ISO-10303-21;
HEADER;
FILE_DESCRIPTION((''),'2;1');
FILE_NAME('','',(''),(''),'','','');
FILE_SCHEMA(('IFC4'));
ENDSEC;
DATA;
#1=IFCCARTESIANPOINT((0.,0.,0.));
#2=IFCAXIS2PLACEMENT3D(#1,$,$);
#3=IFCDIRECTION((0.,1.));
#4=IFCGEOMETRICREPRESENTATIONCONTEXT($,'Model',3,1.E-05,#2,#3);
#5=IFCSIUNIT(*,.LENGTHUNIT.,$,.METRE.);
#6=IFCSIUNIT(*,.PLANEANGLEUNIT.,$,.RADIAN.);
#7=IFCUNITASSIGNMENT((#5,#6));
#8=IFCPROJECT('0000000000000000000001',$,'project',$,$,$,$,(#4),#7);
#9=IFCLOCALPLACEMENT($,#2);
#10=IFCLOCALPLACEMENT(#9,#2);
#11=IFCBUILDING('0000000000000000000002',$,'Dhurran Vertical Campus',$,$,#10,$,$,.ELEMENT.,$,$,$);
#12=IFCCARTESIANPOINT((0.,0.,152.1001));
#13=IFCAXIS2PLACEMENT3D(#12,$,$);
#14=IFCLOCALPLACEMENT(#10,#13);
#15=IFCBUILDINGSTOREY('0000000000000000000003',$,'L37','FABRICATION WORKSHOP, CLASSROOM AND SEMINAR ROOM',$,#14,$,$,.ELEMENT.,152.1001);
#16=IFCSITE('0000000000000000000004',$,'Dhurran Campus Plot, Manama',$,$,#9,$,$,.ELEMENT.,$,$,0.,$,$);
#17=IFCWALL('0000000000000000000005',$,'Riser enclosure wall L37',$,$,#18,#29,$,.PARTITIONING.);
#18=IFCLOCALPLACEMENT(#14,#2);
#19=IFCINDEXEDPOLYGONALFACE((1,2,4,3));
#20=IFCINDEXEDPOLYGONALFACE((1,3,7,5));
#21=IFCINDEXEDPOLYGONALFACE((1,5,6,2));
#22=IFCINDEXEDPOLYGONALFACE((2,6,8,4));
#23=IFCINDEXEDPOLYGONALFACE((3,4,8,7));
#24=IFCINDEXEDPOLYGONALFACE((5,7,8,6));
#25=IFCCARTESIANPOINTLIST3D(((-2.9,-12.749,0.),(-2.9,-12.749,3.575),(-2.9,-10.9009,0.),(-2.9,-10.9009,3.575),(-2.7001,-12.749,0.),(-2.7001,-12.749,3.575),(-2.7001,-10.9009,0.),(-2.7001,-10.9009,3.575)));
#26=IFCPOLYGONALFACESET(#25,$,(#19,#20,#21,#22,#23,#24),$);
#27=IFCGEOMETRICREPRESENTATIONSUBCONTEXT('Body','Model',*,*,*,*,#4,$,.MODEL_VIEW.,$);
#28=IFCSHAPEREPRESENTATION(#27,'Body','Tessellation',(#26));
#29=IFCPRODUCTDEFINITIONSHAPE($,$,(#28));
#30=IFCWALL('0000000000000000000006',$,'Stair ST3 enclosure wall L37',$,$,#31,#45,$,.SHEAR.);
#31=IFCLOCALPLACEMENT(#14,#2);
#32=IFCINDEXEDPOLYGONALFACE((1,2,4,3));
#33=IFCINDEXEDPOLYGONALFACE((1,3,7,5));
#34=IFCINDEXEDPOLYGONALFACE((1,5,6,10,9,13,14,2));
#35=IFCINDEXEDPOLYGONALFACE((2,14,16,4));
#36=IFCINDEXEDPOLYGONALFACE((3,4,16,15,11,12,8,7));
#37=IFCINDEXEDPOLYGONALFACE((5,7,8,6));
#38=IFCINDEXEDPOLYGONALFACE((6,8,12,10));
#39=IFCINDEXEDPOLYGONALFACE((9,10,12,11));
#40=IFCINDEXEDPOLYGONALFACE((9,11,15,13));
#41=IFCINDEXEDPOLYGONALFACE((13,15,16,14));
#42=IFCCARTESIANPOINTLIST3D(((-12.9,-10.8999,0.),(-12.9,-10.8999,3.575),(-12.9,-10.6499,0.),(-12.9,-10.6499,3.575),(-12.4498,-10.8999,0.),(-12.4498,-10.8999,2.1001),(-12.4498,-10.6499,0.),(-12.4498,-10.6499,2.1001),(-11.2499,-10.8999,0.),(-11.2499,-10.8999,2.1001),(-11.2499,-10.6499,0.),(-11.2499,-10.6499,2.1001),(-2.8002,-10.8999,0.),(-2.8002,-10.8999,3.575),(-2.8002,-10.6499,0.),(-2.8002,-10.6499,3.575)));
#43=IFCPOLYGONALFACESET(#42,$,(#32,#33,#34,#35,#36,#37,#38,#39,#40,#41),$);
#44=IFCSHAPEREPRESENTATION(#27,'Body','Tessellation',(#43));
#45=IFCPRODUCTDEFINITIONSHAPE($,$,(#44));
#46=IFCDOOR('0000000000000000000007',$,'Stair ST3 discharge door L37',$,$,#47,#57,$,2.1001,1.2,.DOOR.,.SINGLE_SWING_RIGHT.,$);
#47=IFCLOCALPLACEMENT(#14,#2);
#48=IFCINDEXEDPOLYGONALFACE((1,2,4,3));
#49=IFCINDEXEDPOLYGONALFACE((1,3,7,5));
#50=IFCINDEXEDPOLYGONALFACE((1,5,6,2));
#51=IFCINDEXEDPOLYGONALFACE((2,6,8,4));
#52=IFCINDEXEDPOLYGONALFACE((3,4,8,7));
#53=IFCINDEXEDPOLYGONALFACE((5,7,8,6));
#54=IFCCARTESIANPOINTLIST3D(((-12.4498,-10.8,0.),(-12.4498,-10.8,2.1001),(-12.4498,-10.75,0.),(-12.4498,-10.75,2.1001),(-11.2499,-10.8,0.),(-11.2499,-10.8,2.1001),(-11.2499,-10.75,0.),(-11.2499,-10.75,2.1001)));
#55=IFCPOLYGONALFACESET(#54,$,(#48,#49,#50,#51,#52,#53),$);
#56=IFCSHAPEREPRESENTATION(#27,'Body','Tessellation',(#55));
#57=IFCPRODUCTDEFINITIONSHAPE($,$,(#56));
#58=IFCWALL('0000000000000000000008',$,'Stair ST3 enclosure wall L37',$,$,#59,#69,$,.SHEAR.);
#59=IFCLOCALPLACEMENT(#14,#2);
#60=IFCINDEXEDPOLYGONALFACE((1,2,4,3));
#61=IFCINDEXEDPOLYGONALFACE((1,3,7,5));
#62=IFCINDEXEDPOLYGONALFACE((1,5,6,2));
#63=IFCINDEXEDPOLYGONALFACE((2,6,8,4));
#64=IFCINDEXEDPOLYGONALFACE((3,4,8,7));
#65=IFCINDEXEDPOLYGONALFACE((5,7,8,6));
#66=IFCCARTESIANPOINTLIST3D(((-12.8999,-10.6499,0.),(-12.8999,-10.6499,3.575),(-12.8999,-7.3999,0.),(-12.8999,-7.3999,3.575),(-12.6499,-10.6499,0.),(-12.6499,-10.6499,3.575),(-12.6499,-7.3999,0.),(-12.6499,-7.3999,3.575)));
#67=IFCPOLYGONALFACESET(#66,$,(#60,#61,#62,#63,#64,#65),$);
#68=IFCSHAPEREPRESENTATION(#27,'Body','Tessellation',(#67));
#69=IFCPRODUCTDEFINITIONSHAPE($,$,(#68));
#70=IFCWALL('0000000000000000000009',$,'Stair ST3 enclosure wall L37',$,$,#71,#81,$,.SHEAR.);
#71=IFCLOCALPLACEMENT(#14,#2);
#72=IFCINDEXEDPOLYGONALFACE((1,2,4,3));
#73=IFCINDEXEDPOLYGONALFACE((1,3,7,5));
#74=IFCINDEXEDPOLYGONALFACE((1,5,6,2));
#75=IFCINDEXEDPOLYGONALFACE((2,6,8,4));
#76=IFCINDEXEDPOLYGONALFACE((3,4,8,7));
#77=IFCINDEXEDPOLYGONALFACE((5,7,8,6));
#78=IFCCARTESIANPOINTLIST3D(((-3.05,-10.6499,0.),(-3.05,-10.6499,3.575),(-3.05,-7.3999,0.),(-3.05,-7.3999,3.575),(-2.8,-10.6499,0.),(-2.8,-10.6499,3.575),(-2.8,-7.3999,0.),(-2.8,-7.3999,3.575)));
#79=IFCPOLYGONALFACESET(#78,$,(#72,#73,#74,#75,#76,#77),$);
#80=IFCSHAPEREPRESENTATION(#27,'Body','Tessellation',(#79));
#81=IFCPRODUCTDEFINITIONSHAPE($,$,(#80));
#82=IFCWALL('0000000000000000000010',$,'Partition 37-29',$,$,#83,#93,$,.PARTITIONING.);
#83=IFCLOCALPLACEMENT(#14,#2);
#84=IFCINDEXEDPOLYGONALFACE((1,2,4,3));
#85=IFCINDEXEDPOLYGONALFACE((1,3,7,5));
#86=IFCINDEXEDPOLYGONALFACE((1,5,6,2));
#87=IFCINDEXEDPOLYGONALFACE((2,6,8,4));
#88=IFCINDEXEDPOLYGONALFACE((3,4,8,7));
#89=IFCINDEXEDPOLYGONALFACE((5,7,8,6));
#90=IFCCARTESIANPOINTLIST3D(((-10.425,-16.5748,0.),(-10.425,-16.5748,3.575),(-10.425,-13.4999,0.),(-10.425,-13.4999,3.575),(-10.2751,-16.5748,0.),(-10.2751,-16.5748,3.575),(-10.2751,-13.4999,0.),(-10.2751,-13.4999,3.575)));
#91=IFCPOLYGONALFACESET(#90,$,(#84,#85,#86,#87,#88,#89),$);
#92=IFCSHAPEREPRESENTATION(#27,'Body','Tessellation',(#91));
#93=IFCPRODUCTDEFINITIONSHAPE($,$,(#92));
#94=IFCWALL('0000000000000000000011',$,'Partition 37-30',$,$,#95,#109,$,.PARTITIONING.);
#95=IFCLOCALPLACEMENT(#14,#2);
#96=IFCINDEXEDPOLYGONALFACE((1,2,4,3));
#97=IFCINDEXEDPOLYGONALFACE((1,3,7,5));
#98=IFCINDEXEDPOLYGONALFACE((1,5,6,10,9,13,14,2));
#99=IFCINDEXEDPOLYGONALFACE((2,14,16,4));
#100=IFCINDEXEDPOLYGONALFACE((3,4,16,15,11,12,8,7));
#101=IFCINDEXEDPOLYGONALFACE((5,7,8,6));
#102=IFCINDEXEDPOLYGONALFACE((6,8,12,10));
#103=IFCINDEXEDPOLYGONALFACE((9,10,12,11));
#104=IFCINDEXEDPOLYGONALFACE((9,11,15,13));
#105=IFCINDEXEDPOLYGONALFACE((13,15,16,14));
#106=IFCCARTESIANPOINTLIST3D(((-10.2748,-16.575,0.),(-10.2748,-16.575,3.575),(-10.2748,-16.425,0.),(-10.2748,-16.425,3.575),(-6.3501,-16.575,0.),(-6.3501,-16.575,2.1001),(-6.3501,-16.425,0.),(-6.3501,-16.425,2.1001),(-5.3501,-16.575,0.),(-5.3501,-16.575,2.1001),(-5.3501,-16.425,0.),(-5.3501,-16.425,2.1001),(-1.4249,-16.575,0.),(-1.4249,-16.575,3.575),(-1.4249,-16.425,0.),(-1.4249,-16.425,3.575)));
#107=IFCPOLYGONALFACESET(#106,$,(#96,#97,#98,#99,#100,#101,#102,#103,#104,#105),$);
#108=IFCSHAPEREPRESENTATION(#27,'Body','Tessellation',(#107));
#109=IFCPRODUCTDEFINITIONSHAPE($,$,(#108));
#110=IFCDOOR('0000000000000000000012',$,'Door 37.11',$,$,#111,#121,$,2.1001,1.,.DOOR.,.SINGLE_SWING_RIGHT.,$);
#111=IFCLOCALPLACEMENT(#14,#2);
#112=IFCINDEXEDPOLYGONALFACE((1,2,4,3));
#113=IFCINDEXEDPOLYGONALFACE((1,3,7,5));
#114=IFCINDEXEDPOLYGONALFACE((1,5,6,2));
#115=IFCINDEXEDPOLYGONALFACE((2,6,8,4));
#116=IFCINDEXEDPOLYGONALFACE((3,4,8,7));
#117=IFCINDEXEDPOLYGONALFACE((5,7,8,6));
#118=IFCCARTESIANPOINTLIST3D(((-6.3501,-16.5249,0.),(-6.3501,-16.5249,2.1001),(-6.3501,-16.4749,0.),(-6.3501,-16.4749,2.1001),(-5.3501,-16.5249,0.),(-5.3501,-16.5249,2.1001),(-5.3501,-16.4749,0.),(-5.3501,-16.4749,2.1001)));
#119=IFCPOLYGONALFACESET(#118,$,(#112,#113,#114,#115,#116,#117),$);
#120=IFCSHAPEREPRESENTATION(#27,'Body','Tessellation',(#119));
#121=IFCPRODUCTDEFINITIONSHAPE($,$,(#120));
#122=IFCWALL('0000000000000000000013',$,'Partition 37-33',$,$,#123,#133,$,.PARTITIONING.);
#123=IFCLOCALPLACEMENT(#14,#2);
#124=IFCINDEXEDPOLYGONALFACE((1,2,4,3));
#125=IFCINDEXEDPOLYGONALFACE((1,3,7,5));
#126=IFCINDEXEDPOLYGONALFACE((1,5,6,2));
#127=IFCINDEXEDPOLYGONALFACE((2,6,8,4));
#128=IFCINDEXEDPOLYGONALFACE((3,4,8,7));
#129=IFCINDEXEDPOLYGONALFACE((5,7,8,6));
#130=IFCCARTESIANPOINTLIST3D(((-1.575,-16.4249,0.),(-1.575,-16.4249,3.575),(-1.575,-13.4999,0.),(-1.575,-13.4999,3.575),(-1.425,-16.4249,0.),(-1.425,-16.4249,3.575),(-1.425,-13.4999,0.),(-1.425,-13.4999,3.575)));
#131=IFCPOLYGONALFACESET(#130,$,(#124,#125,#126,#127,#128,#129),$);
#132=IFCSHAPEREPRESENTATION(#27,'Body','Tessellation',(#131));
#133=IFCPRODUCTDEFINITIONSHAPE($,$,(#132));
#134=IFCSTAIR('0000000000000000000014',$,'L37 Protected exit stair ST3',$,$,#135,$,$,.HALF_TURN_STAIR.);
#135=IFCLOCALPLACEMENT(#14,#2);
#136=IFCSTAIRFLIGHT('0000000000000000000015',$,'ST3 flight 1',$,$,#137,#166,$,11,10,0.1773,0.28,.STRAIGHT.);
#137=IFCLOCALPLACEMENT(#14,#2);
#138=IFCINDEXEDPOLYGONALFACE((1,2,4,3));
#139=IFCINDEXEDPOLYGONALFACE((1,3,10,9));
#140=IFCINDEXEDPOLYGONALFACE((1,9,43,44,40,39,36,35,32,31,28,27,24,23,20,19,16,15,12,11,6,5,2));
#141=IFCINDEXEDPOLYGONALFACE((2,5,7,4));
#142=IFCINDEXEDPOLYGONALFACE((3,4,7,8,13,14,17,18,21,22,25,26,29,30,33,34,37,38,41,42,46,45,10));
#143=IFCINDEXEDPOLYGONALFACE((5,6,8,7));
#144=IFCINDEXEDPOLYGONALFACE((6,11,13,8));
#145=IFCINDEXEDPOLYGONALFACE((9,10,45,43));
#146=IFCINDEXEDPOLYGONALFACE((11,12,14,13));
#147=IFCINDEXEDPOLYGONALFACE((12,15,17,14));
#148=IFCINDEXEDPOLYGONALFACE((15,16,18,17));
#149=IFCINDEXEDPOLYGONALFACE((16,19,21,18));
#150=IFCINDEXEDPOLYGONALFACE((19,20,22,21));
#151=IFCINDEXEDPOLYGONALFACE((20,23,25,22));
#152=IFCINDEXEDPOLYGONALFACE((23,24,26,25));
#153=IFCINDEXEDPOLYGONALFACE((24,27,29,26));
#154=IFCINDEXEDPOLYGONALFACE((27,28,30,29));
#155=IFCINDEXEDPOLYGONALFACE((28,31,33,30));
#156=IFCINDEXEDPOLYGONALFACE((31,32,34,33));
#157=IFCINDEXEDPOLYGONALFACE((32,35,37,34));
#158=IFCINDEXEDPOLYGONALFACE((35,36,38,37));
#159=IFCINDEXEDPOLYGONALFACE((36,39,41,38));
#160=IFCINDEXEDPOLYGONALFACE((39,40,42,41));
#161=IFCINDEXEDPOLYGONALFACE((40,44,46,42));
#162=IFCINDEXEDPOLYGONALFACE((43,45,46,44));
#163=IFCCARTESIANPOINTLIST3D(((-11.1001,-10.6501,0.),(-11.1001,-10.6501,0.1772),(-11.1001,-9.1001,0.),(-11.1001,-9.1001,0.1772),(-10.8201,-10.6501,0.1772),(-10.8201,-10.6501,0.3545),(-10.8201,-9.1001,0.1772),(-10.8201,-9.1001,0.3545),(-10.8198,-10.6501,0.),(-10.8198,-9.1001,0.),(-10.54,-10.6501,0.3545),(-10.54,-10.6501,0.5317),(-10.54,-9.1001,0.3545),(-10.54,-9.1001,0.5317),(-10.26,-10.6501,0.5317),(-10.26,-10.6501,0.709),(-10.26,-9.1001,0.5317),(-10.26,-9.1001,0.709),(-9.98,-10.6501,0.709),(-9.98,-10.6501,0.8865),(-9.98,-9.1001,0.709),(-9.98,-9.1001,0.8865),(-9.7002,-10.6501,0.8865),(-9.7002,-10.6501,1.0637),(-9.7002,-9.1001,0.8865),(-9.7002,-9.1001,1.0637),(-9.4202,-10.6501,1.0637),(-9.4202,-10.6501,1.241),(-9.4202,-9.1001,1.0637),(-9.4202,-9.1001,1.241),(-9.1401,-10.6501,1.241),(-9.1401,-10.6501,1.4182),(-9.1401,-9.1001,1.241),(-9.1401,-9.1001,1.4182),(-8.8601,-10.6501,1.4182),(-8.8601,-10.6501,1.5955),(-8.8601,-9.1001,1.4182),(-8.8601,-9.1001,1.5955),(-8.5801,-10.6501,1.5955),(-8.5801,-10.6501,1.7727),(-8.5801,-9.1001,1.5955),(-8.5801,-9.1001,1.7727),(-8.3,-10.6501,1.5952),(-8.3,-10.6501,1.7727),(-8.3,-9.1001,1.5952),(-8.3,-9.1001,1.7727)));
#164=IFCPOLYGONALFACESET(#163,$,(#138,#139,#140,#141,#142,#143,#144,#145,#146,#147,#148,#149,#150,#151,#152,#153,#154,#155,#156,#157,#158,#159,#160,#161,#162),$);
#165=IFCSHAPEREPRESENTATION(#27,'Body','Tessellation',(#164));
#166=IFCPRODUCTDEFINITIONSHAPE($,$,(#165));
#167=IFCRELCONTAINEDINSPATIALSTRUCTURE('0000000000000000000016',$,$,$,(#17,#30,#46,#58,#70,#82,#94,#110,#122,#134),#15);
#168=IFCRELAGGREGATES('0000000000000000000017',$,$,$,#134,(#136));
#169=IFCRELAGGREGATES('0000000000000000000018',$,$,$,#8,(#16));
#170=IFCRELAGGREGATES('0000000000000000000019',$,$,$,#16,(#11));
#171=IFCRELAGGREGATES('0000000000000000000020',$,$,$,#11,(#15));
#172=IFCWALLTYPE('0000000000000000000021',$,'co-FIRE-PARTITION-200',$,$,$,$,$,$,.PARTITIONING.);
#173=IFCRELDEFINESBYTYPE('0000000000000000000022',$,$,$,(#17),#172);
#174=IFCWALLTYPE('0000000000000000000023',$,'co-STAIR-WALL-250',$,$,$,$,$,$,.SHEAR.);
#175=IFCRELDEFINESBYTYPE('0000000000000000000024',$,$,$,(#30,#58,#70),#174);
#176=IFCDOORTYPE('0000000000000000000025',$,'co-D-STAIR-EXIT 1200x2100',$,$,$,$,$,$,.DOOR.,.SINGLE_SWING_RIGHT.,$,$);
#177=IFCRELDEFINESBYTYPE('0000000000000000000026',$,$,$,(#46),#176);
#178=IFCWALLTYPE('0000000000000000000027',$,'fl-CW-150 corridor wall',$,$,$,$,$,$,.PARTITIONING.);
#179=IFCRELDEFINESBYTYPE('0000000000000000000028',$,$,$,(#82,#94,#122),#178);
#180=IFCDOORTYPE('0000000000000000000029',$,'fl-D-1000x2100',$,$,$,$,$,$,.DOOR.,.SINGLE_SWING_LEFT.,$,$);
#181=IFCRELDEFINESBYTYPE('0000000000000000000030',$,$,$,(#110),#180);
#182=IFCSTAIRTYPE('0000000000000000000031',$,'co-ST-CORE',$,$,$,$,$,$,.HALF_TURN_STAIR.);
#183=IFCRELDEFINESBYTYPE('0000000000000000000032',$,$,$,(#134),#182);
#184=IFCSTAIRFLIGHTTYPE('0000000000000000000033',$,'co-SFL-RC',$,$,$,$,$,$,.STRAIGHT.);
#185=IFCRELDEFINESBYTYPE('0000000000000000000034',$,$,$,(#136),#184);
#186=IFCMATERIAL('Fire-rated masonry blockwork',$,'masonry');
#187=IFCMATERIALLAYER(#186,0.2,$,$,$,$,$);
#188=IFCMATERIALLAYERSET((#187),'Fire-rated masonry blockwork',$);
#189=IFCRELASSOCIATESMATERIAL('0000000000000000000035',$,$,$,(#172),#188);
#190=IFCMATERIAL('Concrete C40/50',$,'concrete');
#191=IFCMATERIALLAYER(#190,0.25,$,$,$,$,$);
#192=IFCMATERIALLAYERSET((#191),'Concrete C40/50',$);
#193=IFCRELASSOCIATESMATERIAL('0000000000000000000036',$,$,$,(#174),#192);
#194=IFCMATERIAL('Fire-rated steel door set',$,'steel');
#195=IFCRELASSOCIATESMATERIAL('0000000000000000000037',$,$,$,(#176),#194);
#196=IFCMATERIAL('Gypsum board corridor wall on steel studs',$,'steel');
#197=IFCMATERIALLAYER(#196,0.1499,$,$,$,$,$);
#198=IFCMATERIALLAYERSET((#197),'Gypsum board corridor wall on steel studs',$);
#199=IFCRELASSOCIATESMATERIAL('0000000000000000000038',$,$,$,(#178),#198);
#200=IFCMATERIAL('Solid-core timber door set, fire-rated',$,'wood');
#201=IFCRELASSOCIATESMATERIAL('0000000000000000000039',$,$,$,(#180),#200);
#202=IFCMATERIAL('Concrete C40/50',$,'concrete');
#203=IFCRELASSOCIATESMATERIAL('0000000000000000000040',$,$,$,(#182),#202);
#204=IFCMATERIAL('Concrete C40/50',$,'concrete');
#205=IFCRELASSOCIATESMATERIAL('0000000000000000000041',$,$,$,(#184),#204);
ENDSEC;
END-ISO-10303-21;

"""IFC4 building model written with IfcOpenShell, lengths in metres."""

from ifc_helpers import new_model, si_unit, direction, frame, frame_2d, origin, place, context, subcontext, project, spatial, polyline, rectangle, outline, extrude, material, layer, layer_set, type_object, element, fill, aggregate, save


model = new_model("IFC4")

# Units and contexts
model_context = context("Model", 3, precision=1e-05, world=origin(), true_north=direction((0.0, 1.0)))
body_context = subcontext(model_context, "Body", "Model", "MODEL_VIEW")
ifc_project = project(units=[si_unit("LENGTHUNIT", "METRE"), si_unit("PLANEANGLEUNIT", "RADIAN")], contexts=[model_context])

# Site, building, storey
site_placement = place(None, origin())
site = spatial("IfcSite", under=ifc_project, at=site_placement, Name="Dhurran Campus Plot, Manama", CompositionType="ELEMENT", RefElevation=0.0)
building_placement = place(site_placement, origin())
building = spatial("IfcBuilding", under=site, at=building_placement, Name="Dhurran Vertical Campus", CompositionType="ELEMENT")
storey_placement = place(building_placement, frame((0.0, 0.0, 152.1001)))
storey = spatial("IfcBuildingStorey", under=building, at=storey_placement, Name="L37", Description="FABRICATION WORKSHOP, CLASSROOM AND SEMINAR ROOM", CompositionType="ELEMENT", Elevation=152.1001)

# Shared definitions
ifc_material_1 = material(Name="Fire-rated masonry blockwork", Category="masonry")
ifc_layer_1 = layer(ifc_material_1, 0.2)
ifc_layer_set_1 = layer_set([ifc_layer_1], Name="Fire-rated masonry blockwork")
wall_type_1 = type_object("IfcWallType", Name="co-FIRE-PARTITION-200", PredefinedType="PARTITIONING", material=ifc_layer_set_1)

# Wall
wall_1_placement = place(storey_placement, frame((-2.8, -12.749, 0.0), z_axis=(0.0, 0.0, 1.0), x_axis=(0.0, 1.0, 0.0)))
element("IfcWall", 1, at=wall_1_placement, inside=storey, type_object=wall_type_1, Name="Riser enclosure wall L37", PredefinedType="PARTITIONING", context=body_context, shape_type="SweptSolid", body=[
    extrude(rectangle(XDim=1.8481, YDim=0.2, at=frame_2d((0.9241, 0.0))), origin(), (0.0, 0.0, 1.0), 3.575),
])

# Wall, opening, door
ifc_material_2 = material(Name="Concrete C40/50", Category="concrete")
ifc_layer_2 = layer(ifc_material_2, 0.25)
ifc_layer_set_2 = layer_set([ifc_layer_2], Name="Concrete C40/50")
wall_type_2 = type_object("IfcWallType", Name="co-STAIR-WALL-250", PredefinedType="SHEAR", material=ifc_layer_set_2)
wall_2_placement = place(storey_placement, frame((-12.8999, -10.7749, 0.0), z_axis=(0.0, 0.0, 1.0), x_axis=(1.0, 0.0, 0.0)))
wall_2 = element("IfcWall", 2, at=wall_2_placement, inside=storey, type_object=wall_type_2, Name="Stair ST3 enclosure wall L37", PredefinedType="SHEAR", context=body_context, shape_type="SweptSolid", body=[
    extrude(rectangle(XDim=10.0999, YDim=0.25, at=frame_2d((5.0498, 0.0))), origin(), (0.0, 0.0, 1.0), 3.575),
])
opening_1_placement = place(wall_2_placement, frame((0.45, 0.0, 0.0)))
opening_1 = element("IfcOpeningElement", 3, at=opening_1_placement, cuts=wall_2, PredefinedType="OPENING", context=body_context, shape_type="SweptSolid", body=[
    extrude(rectangle(XDim=1.2, YDim=2.1001, at=frame_2d((0.6001, 1.05))), frame((0.0, 0.135, 0.0), z_axis=(0.0, -1.0, 0.0), x_axis=(1.0, 0.0, 0.0)), (0.0, 0.0, 1.0), 0.27),
])
ifc_material_3 = material(Name="Fire-rated steel door set", Category="steel")
door_type_1 = type_object("IfcDoorType", Name="co-D-STAIR-EXIT 1200x2100", OperationType="SINGLE_SWING_RIGHT", PredefinedType="DOOR", material=ifc_material_3)
door_1_placement = place(opening_1_placement, origin())
door_1 = element("IfcDoor", 4, at=door_1_placement, inside=storey, type_object=door_type_1, Name="Stair ST3 discharge door L37", OperationType="SINGLE_SWING_RIGHT", OverallHeight=2.1001, OverallWidth=1.2, PredefinedType="DOOR", context=body_context, shape_type="SweptSolid", body=[
    extrude(rectangle(XDim=1.2, YDim=2.1001, at=frame_2d((0.6001, 1.05))), frame((0.0, 0.0249, 0.0), z_axis=(0.0, -1.0, 0.0), x_axis=(1.0, 0.0, 0.0)), (0.0, 0.0, 1.0), 0.05),
])
fill(opening_1, door_1)

# Walls
for number, where, z_axis, x_axis, name in (
    (5, (-12.7749, -10.6499, 0.0), (0.0, 0.0, 1.0), (0.0, 1.0, 0.0), "Stair ST3 enclosure wall L37"),
    (6, (-2.925, -10.6499, 0.0), (0.0, 0.0, 1.0), (0.0, 1.0, 0.0), "Stair ST3 enclosure wall L37"),
):
    element("IfcWall", number, at=place(storey_placement, frame(where, z_axis=z_axis, x_axis=x_axis)), inside=storey, type_object=wall_type_2, Name=name, PredefinedType="SHEAR", context=body_context, shape_type="SweptSolid", body=[
        extrude(rectangle(XDim=3.25, YDim=0.25, at=frame_2d((1.625, 0.0))), origin(), (0.0, 0.0, 1.0), 3.575),
    ])
ifc_material_4 = material(Name="Gypsum board corridor wall on steel studs", Category="steel")
ifc_layer_3 = layer(ifc_material_4, 0.1499)
ifc_layer_set_3 = layer_set([ifc_layer_3], Name="Gypsum board corridor wall on steel studs")
wall_type_3 = type_object("IfcWallType", Name="fl-CW-150 corridor wall", PredefinedType="PARTITIONING", material=ifc_layer_set_3)
wall_3_placement = place(storey_placement, frame((-10.3501, -16.575, 0.0), z_axis=(0.0, 0.0, 1.0), x_axis=(0.0, 1.0, 0.0)))
element("IfcWall", 7, at=wall_3_placement, inside=storey, type_object=wall_type_3, Name="Partition 37-29", PredefinedType="PARTITIONING", context=body_context, shape_type="SweptSolid", body=[
    extrude(rectangle(XDim=3.075, YDim=0.1499, at=frame_2d((1.5376, 0.0))), origin(), (0.0, 0.0, 1.0), 3.575),
])

# Wall, opening, door
wall_4_placement = place(storey_placement, frame((-1.425, -16.5, 0.0), z_axis=(0.0, 0.0, 1.0), x_axis=(-1.0, 0.0, 0.0)))
wall_4 = element("IfcWall", 8, at=wall_4_placement, inside=storey, type_object=wall_type_3, Name="Partition 37-30", PredefinedType="PARTITIONING", context=body_context, shape_type="SweptSolid", body=[
    extrude(rectangle(XDim=8.8499, YDim=0.1499, at=frame_2d((4.4248, 0.0))), origin(), (0.0, 0.0, 1.0), 3.575),
])
opening_2_placement = place(wall_4_placement, frame((3.925, 0.0, 0.0)))
opening_2 = element("IfcOpeningElement", 9, at=opening_2_placement, cuts=wall_4, PredefinedType="OPENING", context=body_context, shape_type="SweptSolid", body=[
    extrude(rectangle(XDim=1.0, YDim=2.1001, at=frame_2d((0.5, 1.05))), frame((0.0, 0.085, 0.0), z_axis=(0.0, -1.0, 0.0), x_axis=(1.0, 0.0, 0.0)), (0.0, 0.0, 1.0), 0.1699),
])
ifc_material_5 = material(Name="Solid-core timber door set, fire-rated", Category="wood")
door_type_2 = type_object("IfcDoorType", Name="fl-D-1000x2100", OperationType="SINGLE_SWING_LEFT", PredefinedType="DOOR", material=ifc_material_5)
door_2_placement = place(opening_2_placement, origin())
door_2 = element("IfcDoor", 10, at=door_2_placement, inside=storey, type_object=door_type_2, Name="Door 37.11", OperationType="SINGLE_SWING_RIGHT", OverallHeight=2.1001, OverallWidth=1.0, PredefinedType="DOOR", context=body_context, shape_type="SweptSolid", body=[
    extrude(rectangle(XDim=1.0, YDim=2.1001, at=frame_2d((0.5, 1.05))), frame((0.0, 0.0249, 0.0), z_axis=(0.0, -1.0, 0.0), x_axis=(1.0, 0.0, 0.0)), (0.0, 0.0, 1.0), 0.05),
])
fill(opening_2, door_2)

# Wall
wall_5_placement = place(storey_placement, frame((-1.5, -13.5, 0.0), z_axis=(0.0, 0.0, 1.0), x_axis=(0.0, -1.0, 0.0)))
element("IfcWall", 11, at=wall_5_placement, inside=storey, type_object=wall_type_3, Name="Partition 37-33", PredefinedType="PARTITIONING", context=body_context, shape_type="SweptSolid", body=[
    extrude(rectangle(XDim=2.925, YDim=0.1499, at=frame_2d((1.4624, 0.0))), origin(), (0.0, 0.0, 1.0), 3.575),
])

# Stair, stair flight
ifc_material_6 = material(Name="Concrete C40/50", Category="concrete")
stair_type = type_object("IfcStairType", Name="co-ST-CORE", PredefinedType="HALF_TURN_STAIR", material=ifc_material_6)
stair_placement = place(storey_placement, origin())
stair = element("IfcStair", 12, at=stair_placement, inside=storey, type_object=stair_type, Name="L37 Protected exit stair ST3", PredefinedType="HALF_TURN_STAIR")
ifc_material_7 = material(Name="Concrete C40/50", Category="concrete")
stair_flight_type = type_object("IfcStairFlightType", Name="co-SFL-RC", PredefinedType="STRAIGHT", material=ifc_material_7)
stair_flight_placement = place(storey_placement, frame((-11.1001, -9.875, 0.0), z_axis=(0.0, 0.0, 1.0), x_axis=(1.0, 0.0, 0.0)))
stair_flight = element("IfcStairFlight", 13, at=stair_flight_placement, type_object=stair_flight_type, Name="ST3 flight 1", NumberOfRisers=11, NumberOfTreads=10, PredefinedType="STRAIGHT", RiserHeight=0.1773, TreadLength=0.28, context=body_context, shape_type="SweptSolid", body=[
    extrude(outline(polyline([(0.0, 0.0), (0.0, 0.1772), (0.28, 0.1772), (0.28, 0.3545), (0.5601, 0.3545), (0.5601, 0.5317), (0.8401, 0.5317), (0.8401, 0.709), (1.1201, 0.709), (1.1201, 0.8865), (1.3999, 0.8865), (1.3999, 1.0637), (1.6799, 1.0637), (1.6799, 1.241), (1.96, 1.241), (1.96, 1.4182), (2.24, 1.4182), (2.24, 1.5955), (2.52, 1.5955), (2.52, 1.7727), (2.8, 1.7727), (2.8, 1.95), (2.8, 1.5952), (0.2803, 0.0), (0.0, 0.0)])), frame((0.0, 0.7749, 0.0), z_axis=(0.0, -1.0, 0.0), x_axis=(1.0, 0.0, 0.0)), (0.0, 0.0, 1.0), 1.55),
])
aggregate(stair, [stair_flight])

save(model, "model.ifc")
